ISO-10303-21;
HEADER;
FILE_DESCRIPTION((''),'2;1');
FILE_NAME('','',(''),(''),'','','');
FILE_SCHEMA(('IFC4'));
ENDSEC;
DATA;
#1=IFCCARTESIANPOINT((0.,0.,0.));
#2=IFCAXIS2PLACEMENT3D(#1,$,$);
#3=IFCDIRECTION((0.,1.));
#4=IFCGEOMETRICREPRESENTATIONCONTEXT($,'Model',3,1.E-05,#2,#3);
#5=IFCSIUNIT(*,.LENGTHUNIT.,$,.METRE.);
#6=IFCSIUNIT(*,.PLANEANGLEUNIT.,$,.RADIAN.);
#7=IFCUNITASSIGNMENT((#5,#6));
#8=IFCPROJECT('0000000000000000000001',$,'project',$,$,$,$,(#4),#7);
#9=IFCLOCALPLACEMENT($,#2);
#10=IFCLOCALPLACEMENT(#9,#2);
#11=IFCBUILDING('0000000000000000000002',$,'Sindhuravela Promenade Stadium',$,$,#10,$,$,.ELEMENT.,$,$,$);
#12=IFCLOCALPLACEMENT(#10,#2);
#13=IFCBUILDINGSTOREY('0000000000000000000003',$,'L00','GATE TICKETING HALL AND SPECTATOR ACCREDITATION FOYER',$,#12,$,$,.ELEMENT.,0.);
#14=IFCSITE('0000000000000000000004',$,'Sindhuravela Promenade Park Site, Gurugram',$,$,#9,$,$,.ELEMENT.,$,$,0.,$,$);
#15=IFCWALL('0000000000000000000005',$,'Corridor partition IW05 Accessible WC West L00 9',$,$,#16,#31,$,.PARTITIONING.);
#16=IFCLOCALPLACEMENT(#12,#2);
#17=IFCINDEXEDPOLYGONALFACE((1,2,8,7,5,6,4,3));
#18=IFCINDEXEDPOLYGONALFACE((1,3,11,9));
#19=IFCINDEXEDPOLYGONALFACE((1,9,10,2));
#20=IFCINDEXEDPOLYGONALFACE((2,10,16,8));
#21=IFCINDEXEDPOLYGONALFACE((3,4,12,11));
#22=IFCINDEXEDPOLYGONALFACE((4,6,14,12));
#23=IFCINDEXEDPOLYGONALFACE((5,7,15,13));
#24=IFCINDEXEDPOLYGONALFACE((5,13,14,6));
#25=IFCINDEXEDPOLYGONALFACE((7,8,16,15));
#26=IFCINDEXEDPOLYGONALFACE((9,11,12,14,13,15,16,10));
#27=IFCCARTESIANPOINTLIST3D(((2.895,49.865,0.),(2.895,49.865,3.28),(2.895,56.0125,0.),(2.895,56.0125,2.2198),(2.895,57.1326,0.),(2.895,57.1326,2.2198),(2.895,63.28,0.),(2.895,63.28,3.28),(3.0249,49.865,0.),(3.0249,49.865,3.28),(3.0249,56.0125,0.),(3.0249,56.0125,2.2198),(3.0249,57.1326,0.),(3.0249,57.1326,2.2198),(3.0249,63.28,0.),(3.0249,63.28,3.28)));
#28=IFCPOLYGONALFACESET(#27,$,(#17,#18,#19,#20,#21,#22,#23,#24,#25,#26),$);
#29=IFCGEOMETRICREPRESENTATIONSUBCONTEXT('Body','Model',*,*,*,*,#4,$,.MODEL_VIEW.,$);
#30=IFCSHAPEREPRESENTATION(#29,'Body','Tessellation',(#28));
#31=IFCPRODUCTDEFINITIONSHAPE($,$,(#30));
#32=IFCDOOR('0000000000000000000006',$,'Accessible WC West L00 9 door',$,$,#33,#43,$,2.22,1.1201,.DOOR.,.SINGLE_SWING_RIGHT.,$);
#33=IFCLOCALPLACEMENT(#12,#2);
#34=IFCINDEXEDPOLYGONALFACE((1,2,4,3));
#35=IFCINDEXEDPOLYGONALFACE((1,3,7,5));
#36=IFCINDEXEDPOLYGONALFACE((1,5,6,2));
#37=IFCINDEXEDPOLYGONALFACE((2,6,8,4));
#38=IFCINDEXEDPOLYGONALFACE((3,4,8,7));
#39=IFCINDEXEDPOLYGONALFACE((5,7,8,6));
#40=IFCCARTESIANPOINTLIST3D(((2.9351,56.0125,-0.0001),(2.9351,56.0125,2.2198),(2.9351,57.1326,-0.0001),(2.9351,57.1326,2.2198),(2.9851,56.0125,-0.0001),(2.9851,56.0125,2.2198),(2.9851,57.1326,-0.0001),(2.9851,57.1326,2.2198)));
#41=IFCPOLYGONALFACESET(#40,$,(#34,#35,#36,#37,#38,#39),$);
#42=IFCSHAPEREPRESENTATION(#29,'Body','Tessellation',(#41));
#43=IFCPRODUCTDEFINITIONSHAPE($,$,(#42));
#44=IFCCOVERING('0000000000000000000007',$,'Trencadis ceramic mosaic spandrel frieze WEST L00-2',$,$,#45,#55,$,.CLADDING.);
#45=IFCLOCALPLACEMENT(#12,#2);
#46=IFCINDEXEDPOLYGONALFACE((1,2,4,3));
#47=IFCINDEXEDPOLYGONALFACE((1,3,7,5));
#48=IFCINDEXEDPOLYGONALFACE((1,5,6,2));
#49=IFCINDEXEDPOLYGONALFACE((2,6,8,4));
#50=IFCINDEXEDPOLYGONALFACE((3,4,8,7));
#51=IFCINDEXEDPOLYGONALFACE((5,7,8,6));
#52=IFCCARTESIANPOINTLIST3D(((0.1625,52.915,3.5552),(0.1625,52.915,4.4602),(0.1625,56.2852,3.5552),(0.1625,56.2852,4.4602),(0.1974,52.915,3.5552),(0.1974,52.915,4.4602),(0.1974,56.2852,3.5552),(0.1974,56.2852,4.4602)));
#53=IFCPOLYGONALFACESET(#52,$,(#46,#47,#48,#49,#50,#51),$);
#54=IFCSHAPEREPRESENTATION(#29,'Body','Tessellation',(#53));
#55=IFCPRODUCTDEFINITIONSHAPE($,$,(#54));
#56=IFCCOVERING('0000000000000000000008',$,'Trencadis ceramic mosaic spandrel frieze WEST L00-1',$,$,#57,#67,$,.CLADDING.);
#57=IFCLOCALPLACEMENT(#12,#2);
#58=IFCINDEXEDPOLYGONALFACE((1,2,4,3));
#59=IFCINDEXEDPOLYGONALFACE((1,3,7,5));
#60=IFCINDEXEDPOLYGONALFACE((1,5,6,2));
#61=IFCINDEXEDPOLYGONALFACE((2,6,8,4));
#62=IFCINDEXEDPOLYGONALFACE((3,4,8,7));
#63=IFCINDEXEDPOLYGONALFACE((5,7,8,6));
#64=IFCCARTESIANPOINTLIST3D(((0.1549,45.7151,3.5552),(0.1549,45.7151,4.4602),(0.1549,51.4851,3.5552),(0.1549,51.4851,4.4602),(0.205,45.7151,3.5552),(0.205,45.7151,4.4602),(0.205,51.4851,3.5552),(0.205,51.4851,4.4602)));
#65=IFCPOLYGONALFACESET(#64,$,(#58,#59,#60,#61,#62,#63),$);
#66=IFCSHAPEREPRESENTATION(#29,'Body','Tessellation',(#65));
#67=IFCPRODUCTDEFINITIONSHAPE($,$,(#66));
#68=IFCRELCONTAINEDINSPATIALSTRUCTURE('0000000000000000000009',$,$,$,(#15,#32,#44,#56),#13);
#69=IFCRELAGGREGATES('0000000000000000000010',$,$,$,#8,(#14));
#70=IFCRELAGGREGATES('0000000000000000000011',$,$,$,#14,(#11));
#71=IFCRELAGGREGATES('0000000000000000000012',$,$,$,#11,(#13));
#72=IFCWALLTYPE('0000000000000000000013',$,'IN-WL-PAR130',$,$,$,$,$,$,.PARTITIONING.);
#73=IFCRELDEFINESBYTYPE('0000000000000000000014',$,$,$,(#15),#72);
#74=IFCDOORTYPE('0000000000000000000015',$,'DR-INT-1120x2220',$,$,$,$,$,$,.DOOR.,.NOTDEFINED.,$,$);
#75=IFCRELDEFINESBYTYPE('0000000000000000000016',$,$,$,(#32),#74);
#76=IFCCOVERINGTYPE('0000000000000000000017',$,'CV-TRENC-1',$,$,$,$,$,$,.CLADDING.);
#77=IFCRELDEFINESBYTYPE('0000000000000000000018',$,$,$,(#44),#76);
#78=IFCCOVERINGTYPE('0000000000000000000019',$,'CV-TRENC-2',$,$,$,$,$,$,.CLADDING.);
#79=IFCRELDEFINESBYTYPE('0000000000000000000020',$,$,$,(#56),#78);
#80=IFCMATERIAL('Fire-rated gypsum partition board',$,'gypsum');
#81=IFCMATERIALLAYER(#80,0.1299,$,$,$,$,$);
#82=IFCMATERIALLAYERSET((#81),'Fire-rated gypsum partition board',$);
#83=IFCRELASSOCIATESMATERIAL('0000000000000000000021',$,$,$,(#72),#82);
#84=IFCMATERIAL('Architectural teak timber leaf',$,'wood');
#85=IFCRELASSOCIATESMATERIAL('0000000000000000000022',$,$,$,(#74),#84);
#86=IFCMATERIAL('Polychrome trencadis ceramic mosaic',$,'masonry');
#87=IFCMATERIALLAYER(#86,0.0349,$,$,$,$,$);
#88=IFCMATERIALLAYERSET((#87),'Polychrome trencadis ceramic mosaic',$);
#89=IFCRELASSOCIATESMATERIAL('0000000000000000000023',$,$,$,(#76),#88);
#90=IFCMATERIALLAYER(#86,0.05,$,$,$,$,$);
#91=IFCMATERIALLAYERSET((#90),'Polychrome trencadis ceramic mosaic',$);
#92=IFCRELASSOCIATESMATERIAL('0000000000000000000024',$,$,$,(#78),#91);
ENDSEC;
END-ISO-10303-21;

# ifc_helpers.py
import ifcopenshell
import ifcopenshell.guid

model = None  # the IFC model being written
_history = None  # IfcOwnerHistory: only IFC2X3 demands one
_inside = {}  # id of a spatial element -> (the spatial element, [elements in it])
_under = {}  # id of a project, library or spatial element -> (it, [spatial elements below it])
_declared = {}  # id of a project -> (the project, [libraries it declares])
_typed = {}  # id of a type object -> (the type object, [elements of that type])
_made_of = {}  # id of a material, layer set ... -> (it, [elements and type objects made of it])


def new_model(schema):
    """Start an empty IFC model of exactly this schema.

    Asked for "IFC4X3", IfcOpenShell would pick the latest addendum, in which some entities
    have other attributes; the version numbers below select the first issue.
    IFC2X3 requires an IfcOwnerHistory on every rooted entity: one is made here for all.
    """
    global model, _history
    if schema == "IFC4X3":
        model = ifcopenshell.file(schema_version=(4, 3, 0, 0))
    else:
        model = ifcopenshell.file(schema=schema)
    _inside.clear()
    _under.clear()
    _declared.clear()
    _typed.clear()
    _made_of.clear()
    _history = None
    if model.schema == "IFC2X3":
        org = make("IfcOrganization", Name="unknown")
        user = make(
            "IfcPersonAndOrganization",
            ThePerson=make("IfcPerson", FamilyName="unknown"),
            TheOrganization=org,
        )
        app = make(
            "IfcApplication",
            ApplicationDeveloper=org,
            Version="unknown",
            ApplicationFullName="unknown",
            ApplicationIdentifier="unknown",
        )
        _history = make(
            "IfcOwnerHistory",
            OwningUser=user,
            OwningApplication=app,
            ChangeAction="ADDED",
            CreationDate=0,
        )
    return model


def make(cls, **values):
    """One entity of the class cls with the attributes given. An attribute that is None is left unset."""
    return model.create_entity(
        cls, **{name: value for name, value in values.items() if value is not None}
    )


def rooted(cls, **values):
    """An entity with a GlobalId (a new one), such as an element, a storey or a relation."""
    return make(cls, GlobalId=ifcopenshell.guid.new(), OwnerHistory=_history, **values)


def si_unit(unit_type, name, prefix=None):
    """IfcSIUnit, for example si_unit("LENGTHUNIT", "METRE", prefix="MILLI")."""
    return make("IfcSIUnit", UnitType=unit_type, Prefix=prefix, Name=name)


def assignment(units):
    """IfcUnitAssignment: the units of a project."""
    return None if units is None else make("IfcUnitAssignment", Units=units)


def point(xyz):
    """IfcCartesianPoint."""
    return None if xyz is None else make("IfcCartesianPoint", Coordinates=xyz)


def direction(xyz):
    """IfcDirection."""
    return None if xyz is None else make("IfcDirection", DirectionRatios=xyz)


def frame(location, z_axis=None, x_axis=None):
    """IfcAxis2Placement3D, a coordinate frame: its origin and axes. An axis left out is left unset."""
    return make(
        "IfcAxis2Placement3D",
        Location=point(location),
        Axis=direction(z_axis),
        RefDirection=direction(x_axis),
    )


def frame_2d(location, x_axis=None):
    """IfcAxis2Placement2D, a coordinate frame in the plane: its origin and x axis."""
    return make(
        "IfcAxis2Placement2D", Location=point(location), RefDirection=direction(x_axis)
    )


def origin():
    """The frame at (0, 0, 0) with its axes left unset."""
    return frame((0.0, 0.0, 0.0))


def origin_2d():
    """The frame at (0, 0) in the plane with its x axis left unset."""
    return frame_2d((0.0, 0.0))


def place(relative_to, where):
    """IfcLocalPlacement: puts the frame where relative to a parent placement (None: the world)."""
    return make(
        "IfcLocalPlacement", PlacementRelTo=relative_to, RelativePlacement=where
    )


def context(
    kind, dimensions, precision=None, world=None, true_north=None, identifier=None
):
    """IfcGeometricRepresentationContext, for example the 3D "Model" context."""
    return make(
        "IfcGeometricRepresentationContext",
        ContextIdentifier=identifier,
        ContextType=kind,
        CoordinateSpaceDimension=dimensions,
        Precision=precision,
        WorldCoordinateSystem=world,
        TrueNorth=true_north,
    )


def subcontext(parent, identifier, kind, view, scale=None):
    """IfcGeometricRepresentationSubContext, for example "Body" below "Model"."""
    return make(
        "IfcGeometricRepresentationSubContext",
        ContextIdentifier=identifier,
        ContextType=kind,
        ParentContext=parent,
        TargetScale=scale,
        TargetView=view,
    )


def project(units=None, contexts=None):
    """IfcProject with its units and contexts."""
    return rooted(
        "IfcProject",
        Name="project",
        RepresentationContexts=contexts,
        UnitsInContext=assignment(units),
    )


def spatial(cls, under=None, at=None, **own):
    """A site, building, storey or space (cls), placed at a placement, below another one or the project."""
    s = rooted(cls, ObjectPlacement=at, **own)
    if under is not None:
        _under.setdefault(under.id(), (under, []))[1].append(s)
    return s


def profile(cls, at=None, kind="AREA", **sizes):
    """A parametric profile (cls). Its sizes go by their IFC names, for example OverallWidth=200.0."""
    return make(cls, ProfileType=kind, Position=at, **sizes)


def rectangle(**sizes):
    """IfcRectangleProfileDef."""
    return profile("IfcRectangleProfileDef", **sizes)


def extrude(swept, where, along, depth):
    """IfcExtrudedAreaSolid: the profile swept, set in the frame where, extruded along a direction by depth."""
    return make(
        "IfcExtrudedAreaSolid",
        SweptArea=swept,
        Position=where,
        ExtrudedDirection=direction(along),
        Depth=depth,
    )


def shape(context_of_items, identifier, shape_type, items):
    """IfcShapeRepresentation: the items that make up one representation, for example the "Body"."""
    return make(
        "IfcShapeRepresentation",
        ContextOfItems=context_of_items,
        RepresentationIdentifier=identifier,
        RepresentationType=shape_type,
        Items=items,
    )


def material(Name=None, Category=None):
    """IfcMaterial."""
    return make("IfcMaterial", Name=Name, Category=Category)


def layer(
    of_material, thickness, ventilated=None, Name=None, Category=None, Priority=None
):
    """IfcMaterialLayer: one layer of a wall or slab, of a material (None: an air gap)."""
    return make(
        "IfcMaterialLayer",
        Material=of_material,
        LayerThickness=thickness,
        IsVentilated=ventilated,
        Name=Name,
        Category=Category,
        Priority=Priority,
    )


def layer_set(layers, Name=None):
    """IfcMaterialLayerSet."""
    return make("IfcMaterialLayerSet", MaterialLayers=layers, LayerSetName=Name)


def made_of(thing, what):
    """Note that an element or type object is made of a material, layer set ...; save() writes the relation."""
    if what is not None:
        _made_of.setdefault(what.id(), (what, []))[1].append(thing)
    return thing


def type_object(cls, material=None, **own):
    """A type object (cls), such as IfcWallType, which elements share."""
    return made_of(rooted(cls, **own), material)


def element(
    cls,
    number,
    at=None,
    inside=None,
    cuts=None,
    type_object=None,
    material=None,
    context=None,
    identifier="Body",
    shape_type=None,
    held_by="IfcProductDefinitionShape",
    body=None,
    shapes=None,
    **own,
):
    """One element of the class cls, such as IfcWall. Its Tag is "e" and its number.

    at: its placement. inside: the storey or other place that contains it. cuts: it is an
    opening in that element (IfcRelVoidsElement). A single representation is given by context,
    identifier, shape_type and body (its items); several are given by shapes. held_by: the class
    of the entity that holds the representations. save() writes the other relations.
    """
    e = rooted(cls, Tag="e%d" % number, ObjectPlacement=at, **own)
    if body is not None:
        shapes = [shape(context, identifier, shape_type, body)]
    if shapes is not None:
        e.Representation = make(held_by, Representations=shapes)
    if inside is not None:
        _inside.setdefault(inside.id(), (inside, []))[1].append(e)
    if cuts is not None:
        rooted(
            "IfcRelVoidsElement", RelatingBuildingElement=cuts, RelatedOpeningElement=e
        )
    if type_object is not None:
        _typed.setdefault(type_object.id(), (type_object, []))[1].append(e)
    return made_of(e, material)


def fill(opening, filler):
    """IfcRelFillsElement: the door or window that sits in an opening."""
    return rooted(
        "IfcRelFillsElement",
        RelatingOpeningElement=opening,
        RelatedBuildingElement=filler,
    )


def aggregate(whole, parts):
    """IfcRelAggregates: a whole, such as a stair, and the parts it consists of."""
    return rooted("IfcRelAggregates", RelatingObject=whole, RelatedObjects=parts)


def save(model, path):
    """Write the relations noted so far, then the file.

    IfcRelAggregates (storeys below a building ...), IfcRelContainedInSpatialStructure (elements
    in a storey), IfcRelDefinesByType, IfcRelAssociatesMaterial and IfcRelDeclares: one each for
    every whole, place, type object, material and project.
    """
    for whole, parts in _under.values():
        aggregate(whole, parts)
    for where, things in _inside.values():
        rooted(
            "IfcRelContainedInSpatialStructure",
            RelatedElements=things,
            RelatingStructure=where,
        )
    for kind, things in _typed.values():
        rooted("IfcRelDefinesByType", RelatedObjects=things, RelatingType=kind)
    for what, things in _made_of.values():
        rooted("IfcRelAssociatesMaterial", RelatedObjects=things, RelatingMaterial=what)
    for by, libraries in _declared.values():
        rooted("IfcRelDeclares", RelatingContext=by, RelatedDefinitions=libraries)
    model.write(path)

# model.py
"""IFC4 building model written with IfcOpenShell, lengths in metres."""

from ifc_helpers import new_model, si_unit, direction, frame, frame_2d, origin, origin_2d, place, context, subcontext, project, spatial, rectangle, extrude, material, layer, layer_set, type_object, element, fill, save


model = new_model("IFC4")

# Units and contexts
model_context = context("Model", 3, precision=1e-05, world=origin(), true_north=direction((0.0, 1.0)))
body_context = subcontext(model_context, "Body", "Model", "MODEL_VIEW")
ifc_project = project(units=[si_unit("LENGTHUNIT", "METRE"), si_unit("PLANEANGLEUNIT", "RADIAN")], contexts=[model_context])

# Site, building, storey
site_placement = place(None, origin())
site = spatial("IfcSite", under=ifc_project, at=site_placement, Name="Sindhuravela Promenade Park Site, Gurugram", CompositionType="ELEMENT", RefElevation=0.0)
building_placement = place(site_placement, origin())
building = spatial("IfcBuilding", under=site, at=building_placement, Name="Sindhuravela Promenade Stadium", CompositionType="ELEMENT")
storey_placement = place(building_placement, origin())
storey = spatial("IfcBuildingStorey", under=building, at=storey_placement, Name="L00", Description="GATE TICKETING HALL AND SPECTATOR ACCREDITATION FOYER", CompositionType="ELEMENT", Elevation=0.0)

# Shared definitions
ifc_material_1 = material(Name="Fire-rated gypsum partition board", Category="gypsum")

# Wall, opening, door
ifc_layer_1 = layer(ifc_material_1, 0.1299)
ifc_layer_set_1 = layer_set([ifc_layer_1], Name="Fire-rated gypsum partition board")
wall_type_1 = type_object("IfcWallType", Name="IN-WL-PAR130", PredefinedType="PARTITIONING", material=ifc_layer_set_1)
wall_1_placement = place(storey_placement, frame((2.96, 49.865, 0.0), z_axis=(0.0, 0.0, 1.0), x_axis=(0.0, 1.0, 0.0)))
wall_1 = element("IfcWall", 1, at=wall_1_placement, inside=storey, type_object=wall_type_1, Name="Corridor partition IW05 Accessible WC West L00 9", PredefinedType="PARTITIONING", context=body_context, shape_type="SweptSolid", body=[
    extrude(rectangle(XDim=13.415, YDim=0.1299, at=frame_2d((6.7075, 0.0))), origin(), (0.0, 0.0, 1.0), 3.28),
])
opening_1_placement = place(wall_1_placement, frame((6.1475, 0.0, 0.0)))
opening_1 = element("IfcOpeningElement", 2, at=opening_1_placement, cuts=wall_1, PredefinedType="OPENING", context=body_context, shape_type="SweptSolid", body=[
    extrude(rectangle(XDim=1.1201, YDim=2.22, at=frame_2d((0.5601, 1.1099))), frame((0.0, 0.075, 0.0), z_axis=(0.0, -1.0, 0.0), x_axis=(1.0, 0.0, 0.0)), (0.0, 0.0, 1.0), 0.1499),
])
ifc_material_2 = material(Name="Architectural teak timber leaf", Category="wood")
door_type_1 = type_object("IfcDoorType", Name="DR-INT-1120x2220", OperationType="NOTDEFINED", PredefinedType="DOOR", material=ifc_material_2)
door_1_placement = place(opening_1_placement, origin())
door_1 = element("IfcDoor", 3, at=door_1_placement, inside=storey, type_object=door_type_1, Name="Accessible WC West L00 9 door", OperationType="SINGLE_SWING_RIGHT", OverallHeight=2.22, OverallWidth=1.1201, PredefinedType="DOOR", context=body_context, shape_type="SweptSolid", body=[
    extrude(rectangle(XDim=1.1201, YDim=2.22, at=frame_2d((0.5601, 1.1099))), frame((0.0, 0.0249, 0.0), z_axis=(0.0, -1.0, 0.0), x_axis=(1.0, 0.0, 0.0)), (0.0, 0.0, 1.0), 0.05),
])
fill(opening_1, door_1)

# Coverings
ifc_material_3 = material(Name="Polychrome trencadis ceramic mosaic", Category="masonry")
ifc_layer_2 = layer(ifc_material_3, 0.0349)
ifc_layer_set_2 = layer_set([ifc_layer_2], Name="Polychrome trencadis ceramic mosaic")
covering_type_1 = type_object("IfcCoveringType", Name="CV-TRENC-1", PredefinedType="CLADDING", material=ifc_layer_set_2)
covering_1_placement = place(storey_placement, frame((0.1799, 54.6001, 3.5552), z_axis=(0.0, 0.0, 1.0), x_axis=(0.0, 1.0, 0.0)))
element("IfcCovering", 4, at=covering_1_placement, inside=storey, type_object=covering_type_1, Name="Trencadis ceramic mosaic spandrel frieze WEST L00-2", PredefinedType="CLADDING", context=body_context, shape_type="SweptSolid", body=[
    extrude(rectangle(XDim=3.3701, YDim=0.0349, at=origin_2d()), origin(), (0.0, 0.0, 1.0), 0.905),
])
ifc_layer_3 = layer(ifc_material_3, 0.05)
ifc_layer_set_3 = layer_set([ifc_layer_3], Name="Polychrome trencadis ceramic mosaic")
covering_type_2 = type_object("IfcCoveringType", Name="CV-TRENC-2", PredefinedType="CLADDING", material=ifc_layer_set_3)
covering_2_placement = place(storey_placement, frame((0.1799, 48.6001, 3.5552), z_axis=(0.0, 0.0, 1.0), x_axis=(0.0, 1.0, 0.0)))
element("IfcCovering", 5, at=covering_2_placement, inside=storey, type_object=covering_type_2, Name="Trencadis ceramic mosaic spandrel frieze WEST L00-1", PredefinedType="CLADDING", context=body_context, shape_type="SweptSolid", body=[
    extrude(rectangle(XDim=5.77, YDim=0.05, at=origin_2d()), origin(), (0.0, 0.0, 1.0), 0.905),
])

save(model, "model.ifc")
